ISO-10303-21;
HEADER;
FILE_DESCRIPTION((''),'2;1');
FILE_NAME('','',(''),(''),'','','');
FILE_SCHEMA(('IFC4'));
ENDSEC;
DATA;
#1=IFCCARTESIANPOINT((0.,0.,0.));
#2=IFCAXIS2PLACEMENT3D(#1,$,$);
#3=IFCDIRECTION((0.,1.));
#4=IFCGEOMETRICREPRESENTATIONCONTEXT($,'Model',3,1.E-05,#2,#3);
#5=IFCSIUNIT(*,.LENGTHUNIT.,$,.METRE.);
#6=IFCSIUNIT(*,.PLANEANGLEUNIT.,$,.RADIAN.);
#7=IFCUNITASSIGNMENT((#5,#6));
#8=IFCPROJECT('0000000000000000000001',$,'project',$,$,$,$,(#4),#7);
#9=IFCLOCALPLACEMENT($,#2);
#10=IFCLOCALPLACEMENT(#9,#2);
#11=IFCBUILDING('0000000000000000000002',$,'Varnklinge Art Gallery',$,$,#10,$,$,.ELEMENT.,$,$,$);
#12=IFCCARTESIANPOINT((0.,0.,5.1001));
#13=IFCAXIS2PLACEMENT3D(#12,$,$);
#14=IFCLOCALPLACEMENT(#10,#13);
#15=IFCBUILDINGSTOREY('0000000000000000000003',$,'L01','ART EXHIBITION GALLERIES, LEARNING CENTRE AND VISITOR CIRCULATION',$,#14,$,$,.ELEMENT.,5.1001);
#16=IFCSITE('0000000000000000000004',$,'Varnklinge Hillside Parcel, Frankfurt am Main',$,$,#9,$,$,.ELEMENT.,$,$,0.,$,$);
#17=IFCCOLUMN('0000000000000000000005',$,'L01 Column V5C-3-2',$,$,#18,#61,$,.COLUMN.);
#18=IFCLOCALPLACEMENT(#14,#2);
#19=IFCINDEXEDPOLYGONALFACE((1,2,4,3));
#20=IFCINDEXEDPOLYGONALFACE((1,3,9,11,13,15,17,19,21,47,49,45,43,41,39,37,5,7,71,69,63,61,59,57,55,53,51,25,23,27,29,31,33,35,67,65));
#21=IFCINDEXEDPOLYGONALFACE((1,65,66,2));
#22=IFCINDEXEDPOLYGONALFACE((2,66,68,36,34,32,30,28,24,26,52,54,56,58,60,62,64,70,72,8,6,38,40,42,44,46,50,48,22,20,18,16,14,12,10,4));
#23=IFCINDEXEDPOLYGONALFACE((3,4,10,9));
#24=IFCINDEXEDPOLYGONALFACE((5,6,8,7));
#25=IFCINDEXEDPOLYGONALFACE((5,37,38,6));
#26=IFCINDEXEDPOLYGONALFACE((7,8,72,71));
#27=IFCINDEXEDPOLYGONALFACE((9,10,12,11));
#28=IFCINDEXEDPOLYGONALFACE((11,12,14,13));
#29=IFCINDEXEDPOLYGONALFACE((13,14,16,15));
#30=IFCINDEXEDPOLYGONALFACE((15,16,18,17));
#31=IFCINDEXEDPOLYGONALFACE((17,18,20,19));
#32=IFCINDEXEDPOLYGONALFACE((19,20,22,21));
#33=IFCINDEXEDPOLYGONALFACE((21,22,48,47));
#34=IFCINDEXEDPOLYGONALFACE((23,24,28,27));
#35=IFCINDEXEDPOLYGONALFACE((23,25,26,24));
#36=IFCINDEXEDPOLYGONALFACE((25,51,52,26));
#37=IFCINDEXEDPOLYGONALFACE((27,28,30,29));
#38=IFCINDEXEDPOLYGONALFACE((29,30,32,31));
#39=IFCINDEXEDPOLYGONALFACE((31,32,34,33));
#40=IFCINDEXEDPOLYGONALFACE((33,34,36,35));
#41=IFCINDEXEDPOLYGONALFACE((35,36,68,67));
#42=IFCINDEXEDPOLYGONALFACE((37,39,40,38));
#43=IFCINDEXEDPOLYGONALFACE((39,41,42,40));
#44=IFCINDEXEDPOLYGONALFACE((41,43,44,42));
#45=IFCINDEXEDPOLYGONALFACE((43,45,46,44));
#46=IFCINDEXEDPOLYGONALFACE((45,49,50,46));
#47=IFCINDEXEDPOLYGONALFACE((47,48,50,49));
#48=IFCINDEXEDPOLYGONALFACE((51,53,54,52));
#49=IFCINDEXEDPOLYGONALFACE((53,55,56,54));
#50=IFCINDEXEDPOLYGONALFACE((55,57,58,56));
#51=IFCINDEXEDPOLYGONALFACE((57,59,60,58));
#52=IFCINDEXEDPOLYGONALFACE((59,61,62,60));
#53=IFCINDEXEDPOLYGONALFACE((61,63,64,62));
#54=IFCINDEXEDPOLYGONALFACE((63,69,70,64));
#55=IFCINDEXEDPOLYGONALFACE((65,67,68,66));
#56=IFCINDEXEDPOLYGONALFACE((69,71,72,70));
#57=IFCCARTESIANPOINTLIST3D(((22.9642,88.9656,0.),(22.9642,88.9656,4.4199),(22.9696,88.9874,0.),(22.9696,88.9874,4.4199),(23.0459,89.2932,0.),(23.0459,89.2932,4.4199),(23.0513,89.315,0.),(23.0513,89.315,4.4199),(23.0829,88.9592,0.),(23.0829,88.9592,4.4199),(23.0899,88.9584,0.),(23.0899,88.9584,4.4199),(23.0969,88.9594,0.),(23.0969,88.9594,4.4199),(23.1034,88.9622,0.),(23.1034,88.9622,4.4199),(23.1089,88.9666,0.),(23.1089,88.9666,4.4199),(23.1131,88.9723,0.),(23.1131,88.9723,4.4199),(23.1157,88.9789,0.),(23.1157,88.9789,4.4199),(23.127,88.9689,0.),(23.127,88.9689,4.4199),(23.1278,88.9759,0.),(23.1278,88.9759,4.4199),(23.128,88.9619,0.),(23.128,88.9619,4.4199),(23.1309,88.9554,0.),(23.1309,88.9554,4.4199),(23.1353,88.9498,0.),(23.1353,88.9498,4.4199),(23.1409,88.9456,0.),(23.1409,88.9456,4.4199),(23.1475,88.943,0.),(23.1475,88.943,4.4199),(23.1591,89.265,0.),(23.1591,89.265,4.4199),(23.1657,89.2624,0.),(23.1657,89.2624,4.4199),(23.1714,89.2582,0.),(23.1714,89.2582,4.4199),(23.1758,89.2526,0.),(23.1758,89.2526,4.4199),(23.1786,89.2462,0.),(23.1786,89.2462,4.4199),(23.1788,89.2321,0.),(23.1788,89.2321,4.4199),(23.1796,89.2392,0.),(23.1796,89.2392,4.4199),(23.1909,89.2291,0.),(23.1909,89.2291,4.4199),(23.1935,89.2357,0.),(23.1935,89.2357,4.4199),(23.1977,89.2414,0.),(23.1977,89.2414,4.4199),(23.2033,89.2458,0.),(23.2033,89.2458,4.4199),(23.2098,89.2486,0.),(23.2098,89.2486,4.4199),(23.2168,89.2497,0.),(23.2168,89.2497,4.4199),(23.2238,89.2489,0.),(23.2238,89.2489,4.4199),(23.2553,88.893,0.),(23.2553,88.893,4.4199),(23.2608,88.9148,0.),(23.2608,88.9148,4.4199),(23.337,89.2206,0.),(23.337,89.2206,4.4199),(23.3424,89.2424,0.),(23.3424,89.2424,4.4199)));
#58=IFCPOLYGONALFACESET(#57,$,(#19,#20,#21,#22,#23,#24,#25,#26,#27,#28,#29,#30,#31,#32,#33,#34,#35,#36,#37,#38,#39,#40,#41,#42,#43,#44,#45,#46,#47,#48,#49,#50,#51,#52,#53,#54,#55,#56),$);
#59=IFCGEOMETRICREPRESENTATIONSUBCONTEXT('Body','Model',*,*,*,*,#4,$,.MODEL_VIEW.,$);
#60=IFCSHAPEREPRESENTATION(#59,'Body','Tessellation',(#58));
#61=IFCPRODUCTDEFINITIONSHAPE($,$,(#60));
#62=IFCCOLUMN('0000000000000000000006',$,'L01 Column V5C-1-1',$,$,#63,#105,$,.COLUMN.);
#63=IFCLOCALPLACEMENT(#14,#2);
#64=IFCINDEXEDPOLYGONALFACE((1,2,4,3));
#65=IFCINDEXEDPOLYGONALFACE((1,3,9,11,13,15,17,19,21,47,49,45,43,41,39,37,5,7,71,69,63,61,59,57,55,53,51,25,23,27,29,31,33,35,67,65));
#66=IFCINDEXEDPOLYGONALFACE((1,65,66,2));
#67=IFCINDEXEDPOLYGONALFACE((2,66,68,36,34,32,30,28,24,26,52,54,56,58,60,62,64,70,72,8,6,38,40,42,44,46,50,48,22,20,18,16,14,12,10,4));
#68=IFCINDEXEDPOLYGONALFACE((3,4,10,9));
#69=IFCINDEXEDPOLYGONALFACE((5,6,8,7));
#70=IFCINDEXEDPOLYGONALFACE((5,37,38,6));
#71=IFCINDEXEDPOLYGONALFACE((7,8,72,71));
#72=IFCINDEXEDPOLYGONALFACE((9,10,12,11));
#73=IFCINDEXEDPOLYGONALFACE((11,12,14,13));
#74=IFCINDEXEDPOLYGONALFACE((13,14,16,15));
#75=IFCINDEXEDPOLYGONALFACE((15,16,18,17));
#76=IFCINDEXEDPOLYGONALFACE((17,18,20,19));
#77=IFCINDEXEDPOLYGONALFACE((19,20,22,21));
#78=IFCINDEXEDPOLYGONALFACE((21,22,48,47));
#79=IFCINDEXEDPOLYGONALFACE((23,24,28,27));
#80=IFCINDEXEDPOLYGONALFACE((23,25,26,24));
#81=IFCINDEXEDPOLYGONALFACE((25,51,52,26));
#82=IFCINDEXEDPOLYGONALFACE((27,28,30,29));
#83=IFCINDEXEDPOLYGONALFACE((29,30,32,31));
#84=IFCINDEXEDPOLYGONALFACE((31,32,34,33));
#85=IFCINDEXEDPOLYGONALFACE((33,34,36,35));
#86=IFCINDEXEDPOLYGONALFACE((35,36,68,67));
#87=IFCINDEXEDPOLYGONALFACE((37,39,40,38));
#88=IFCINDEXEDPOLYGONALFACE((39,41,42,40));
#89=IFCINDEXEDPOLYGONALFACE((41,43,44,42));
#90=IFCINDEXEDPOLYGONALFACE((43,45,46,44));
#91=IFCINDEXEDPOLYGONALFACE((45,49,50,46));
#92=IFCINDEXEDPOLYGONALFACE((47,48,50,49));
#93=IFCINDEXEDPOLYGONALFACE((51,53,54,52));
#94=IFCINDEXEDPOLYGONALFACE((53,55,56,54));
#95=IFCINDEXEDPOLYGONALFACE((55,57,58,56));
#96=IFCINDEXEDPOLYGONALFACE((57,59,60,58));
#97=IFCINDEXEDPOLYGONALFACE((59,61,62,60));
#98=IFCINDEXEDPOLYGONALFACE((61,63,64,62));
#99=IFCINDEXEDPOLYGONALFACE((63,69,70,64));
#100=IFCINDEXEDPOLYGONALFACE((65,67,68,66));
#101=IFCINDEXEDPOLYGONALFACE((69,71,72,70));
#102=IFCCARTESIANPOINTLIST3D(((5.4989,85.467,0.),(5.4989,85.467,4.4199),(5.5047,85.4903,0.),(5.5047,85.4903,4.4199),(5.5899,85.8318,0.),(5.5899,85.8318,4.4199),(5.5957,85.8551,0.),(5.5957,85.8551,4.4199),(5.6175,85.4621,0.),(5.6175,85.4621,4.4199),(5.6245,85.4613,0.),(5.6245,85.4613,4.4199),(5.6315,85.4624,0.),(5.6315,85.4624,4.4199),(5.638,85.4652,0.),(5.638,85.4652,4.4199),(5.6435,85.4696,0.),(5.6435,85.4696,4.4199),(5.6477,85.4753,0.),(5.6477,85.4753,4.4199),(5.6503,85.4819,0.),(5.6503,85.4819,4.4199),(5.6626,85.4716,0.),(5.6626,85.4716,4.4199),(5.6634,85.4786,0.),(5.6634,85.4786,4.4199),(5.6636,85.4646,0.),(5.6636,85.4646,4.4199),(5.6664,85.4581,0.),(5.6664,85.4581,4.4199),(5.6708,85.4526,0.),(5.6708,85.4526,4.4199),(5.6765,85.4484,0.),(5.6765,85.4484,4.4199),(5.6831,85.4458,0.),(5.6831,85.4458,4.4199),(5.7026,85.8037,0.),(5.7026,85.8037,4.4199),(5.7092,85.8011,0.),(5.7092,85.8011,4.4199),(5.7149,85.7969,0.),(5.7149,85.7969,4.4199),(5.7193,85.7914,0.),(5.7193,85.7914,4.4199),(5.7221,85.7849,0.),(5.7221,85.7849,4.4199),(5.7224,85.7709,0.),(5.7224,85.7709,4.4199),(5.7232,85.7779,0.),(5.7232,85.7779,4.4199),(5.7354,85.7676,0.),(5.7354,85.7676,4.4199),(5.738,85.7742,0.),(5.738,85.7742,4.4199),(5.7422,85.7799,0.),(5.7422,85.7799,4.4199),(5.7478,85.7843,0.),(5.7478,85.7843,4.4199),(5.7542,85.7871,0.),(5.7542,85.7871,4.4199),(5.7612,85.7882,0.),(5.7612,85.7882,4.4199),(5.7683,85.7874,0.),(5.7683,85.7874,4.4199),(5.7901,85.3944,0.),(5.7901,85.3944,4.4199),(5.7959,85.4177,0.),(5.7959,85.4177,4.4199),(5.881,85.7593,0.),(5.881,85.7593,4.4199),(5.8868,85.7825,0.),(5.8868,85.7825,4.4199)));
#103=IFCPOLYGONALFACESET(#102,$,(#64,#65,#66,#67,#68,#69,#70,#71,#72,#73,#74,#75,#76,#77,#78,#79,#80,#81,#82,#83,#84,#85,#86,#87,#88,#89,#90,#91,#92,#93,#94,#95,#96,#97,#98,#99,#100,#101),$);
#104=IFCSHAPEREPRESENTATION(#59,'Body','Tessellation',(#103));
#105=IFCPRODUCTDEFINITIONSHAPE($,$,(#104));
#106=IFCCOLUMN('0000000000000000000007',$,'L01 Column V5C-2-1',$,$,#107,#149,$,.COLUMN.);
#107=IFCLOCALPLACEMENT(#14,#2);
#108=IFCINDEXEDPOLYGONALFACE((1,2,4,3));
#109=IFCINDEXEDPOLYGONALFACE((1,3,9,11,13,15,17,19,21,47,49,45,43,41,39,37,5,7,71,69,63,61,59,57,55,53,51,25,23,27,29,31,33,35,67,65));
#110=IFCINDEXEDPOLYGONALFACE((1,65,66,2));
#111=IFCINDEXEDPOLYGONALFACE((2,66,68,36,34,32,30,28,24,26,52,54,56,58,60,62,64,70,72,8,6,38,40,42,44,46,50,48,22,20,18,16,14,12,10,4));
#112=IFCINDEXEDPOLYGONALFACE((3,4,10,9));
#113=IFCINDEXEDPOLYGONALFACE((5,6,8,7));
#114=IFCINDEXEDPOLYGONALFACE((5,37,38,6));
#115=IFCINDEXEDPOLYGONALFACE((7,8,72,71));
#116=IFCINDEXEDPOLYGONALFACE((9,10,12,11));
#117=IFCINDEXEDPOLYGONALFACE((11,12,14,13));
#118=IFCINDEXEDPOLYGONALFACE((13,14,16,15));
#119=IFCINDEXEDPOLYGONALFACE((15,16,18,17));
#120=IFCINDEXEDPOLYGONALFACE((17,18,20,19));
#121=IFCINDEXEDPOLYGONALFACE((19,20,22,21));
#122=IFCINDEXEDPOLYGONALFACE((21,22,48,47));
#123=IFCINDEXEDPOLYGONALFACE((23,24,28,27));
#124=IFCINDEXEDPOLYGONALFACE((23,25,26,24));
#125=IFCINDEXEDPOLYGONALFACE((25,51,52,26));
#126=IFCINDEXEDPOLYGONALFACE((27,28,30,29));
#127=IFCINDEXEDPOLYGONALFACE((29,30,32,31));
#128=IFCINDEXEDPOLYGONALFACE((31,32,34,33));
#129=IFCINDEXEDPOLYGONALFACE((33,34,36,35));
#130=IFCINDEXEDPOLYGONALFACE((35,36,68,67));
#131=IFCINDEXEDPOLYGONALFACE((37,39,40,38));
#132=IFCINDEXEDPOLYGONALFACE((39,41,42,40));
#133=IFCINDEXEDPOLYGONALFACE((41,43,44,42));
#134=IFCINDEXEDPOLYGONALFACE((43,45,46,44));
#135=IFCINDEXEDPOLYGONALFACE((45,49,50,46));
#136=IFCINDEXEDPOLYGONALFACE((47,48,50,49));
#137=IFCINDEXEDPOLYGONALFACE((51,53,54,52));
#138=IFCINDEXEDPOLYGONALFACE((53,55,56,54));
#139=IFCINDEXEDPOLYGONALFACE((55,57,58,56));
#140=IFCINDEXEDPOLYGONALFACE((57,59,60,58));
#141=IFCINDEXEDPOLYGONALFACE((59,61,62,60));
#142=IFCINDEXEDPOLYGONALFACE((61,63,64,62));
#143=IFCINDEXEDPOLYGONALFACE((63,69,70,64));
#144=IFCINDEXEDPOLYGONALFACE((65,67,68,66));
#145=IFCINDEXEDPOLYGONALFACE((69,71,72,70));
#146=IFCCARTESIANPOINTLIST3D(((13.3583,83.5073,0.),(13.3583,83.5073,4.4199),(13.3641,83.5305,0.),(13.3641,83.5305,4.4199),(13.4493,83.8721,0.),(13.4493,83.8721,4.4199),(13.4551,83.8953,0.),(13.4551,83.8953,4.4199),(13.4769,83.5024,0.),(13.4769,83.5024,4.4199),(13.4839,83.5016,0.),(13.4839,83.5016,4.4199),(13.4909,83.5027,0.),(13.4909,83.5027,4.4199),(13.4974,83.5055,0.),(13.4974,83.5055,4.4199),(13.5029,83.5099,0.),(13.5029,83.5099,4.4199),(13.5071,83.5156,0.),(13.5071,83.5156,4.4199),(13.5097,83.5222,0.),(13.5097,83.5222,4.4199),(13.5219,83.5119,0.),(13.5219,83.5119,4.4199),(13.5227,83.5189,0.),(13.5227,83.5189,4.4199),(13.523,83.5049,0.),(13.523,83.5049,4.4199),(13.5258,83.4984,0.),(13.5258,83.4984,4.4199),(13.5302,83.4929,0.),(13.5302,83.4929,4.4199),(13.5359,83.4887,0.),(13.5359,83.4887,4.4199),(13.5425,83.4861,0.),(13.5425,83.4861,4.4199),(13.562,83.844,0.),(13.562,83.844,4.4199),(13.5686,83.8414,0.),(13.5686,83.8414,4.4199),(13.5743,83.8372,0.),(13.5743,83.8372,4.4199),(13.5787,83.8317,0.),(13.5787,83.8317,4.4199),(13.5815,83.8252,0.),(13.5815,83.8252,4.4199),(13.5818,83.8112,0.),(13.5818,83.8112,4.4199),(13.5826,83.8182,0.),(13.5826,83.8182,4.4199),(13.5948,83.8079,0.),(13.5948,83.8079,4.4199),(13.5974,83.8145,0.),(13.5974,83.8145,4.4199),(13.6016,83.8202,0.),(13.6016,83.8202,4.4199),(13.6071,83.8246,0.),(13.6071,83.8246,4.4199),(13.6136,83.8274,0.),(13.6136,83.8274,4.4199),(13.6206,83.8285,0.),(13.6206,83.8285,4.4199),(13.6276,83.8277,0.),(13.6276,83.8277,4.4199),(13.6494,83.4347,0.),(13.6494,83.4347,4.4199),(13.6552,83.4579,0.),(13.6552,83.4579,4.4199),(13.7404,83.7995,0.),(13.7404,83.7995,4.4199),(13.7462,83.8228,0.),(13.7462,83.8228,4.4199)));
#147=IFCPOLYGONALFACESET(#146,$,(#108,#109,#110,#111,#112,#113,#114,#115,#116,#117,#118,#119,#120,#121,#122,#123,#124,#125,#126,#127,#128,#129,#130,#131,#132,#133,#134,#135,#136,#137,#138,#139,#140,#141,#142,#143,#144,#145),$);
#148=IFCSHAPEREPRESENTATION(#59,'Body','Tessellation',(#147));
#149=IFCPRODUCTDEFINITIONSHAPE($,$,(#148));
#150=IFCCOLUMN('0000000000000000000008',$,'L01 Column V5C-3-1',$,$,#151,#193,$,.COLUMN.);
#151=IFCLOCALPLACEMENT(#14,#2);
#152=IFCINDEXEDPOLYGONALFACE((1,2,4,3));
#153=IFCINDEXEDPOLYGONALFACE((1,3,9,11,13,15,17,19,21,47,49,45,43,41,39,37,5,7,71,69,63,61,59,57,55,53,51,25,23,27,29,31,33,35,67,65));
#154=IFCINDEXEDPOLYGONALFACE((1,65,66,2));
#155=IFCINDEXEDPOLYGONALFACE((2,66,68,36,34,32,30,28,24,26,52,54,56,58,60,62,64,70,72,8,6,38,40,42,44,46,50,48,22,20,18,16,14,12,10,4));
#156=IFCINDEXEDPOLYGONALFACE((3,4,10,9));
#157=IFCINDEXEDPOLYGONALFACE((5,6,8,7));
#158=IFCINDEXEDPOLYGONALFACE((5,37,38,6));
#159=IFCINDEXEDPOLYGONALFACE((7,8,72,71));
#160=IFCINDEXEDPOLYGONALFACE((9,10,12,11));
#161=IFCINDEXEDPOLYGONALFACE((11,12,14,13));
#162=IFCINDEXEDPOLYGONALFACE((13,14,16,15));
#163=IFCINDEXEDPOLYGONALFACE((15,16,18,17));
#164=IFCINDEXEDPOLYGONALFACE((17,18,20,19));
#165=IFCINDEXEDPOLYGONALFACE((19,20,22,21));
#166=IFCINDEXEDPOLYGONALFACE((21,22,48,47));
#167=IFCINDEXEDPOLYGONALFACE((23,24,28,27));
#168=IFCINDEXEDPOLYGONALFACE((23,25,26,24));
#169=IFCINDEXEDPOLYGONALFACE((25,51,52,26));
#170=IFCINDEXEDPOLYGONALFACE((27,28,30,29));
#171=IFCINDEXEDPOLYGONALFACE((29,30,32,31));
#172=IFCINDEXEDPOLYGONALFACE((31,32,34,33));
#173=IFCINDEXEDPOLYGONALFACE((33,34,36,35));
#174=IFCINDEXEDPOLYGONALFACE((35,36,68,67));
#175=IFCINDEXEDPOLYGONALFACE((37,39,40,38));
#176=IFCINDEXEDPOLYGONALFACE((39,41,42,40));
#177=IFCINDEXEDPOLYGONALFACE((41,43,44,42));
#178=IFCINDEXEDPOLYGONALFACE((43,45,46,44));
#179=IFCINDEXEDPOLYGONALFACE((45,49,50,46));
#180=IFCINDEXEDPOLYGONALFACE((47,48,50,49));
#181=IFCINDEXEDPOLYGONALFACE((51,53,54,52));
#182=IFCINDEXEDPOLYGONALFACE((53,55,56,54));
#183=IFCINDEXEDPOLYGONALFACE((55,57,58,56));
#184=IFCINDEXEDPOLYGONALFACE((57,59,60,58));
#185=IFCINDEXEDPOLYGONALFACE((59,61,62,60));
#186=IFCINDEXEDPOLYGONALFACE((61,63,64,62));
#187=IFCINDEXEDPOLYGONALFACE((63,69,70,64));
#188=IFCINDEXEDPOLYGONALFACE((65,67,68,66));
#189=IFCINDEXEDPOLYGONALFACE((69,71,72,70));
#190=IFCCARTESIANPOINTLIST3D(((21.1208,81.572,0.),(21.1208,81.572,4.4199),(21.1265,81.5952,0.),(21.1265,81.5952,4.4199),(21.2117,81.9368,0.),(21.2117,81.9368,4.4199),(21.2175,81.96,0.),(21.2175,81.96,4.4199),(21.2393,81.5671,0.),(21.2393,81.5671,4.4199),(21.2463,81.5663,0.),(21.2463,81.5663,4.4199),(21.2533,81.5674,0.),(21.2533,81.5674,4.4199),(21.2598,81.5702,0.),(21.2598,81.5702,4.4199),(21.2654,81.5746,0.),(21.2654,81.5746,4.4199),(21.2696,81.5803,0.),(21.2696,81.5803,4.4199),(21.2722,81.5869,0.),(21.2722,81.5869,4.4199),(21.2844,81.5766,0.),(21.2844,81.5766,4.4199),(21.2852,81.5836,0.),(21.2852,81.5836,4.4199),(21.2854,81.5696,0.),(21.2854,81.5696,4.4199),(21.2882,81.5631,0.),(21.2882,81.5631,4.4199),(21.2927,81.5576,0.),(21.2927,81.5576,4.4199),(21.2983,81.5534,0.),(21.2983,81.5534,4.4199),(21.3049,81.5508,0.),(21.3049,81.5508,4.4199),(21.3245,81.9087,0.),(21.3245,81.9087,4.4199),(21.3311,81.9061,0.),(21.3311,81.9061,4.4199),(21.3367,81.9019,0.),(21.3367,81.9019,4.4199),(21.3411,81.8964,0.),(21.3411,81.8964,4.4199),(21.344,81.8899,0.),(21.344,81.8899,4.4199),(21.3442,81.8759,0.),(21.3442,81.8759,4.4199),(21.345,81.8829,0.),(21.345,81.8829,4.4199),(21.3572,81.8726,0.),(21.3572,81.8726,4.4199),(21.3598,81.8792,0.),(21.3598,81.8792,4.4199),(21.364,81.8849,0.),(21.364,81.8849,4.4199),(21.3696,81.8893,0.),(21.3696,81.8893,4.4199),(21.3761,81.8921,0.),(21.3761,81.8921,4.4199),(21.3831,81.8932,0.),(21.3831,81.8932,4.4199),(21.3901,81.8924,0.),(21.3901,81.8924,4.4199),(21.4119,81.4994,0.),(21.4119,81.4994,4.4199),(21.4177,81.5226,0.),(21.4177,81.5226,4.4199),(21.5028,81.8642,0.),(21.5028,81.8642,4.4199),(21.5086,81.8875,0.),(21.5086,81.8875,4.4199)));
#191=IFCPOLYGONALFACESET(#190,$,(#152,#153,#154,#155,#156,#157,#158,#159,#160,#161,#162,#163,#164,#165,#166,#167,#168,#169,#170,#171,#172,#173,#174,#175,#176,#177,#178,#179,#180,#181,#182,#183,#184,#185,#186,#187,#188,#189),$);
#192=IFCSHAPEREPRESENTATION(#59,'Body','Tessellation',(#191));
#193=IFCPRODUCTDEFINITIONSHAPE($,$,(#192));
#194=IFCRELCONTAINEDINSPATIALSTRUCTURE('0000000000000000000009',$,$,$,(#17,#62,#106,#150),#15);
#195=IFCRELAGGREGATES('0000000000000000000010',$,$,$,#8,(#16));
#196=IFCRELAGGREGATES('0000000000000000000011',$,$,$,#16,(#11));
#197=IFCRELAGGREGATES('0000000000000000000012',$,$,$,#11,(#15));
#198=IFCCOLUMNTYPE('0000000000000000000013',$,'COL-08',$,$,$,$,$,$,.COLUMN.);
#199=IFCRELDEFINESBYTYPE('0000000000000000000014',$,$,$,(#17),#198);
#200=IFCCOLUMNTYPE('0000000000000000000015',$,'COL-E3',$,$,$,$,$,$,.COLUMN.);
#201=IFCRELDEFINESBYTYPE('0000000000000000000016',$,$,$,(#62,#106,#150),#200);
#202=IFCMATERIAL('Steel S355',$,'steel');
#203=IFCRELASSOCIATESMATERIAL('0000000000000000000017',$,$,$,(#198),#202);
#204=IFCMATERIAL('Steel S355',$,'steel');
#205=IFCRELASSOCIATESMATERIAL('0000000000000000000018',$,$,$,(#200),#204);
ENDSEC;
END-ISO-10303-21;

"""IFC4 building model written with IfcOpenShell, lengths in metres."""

from ifc_helpers import new_model, si_unit, direction, frame, origin, origin_2d, place, context, subcontext, project, spatial, i_section, extrude, material, material_profile, profile_set, type_object, element, save


model = new_model("IFC4")

# Units and contexts
model_context = context("Model", 3, precision=1e-05, world=origin(), true_north=direction((0.0, 1.0)))
body_context = subcontext(model_context, "Body", "Model", "MODEL_VIEW")
ifc_project = project(units=[si_unit("LENGTHUNIT", "METRE"), si_unit("PLANEANGLEUNIT", "RADIAN")], contexts=[model_context])

# Site, building, storey
site_placement = place(None, origin())
site = spatial("IfcSite", under=ifc_project, at=site_placement, Name="Varnklinge Hillside Parcel, Frankfurt am Main", CompositionType="ELEMENT", RefElevation=0.0)
building_placement = place(site_placement, origin())
building = spatial("IfcBuilding", under=site, at=building_placement, Name="Varnklinge Art Gallery", CompositionType="ELEMENT")
storey_placement = place(building_placement, frame((0.0, 0.0, 5.1001)))
storey = spatial("IfcBuildingStorey", under=building, at=storey_placement, Name="L01", Description="ART EXHIBITION GALLERIES, LEARNING CENTRE AND VISITOR CIRCULATION", CompositionType="ELEMENT", Elevation=5.1001)

# Columns
ifc_material_1 = material(Name="Steel S355", Category="steel")
ifc_material_profile_1 = material_profile(ifc_material_1, i_section(OverallWidth=0.3, OverallDepth=0.3601, WebThickness=0.0125, FlangeThickness=0.0225, FilletRadius=0.0271, at=origin_2d()), Name="HEB 360")
ifc_profile_set_1 = profile_set([ifc_material_profile_1], Name="Steel S355")
column_type_1 = type_object("IfcColumnType", Name="COL-08", PredefinedType="COLUMN", material=ifc_profile_set_1)
column_placement = place(storey_placement, frame((23.1533, 89.104, 0.0), z_axis=(0.0, 0.0, 1.0), x_axis=(0.970296, -0.241922, 0.0)))
element("IfcColumn", 1, at=column_placement, inside=storey, type_object=column_type_1, Name="L01 Column V5C-3-2", PredefinedType="COLUMN", context=body_context, shape_type="SweptSolid", body=[
    extrude(i_section(OverallWidth=0.3, OverallDepth=0.3601, WebThickness=0.0125, FlangeThickness=0.0225, FilletRadius=0.0271, at=origin_2d()), origin(), (0.0, 0.0, 1.0), 4.4199),
])
ifc_material_2 = material(Name="Steel S355", Category="steel")
ifc_material_profile_2 = material_profile(ifc_material_2, i_section(OverallWidth=0.3, OverallDepth=0.3999, WebThickness=0.0134, FlangeThickness=0.0239, FilletRadius=0.0271, at=origin_2d()), Name="HEB 400")
ifc_profile_set_2 = profile_set([ifc_material_profile_2], Name="Steel S355")
column_type_2 = type_object("IfcColumnType", Name="COL-E3", PredefinedType="COLUMN", material=ifc_profile_set_2)
for number, where, z_axis, x_axis, name in (
    (2, (5.6929, 85.6248, 0.0), (0.0, 0.0, 1.0), (0.970296, -0.241922, 0.0), "L01 Column V5C-1-1"),
    (3, (13.5522, 83.665, 0.0), (0.0, 0.0, 1.0), (0.970296, -0.241922, 0.0), "L01 Column V5C-2-1"),
    (4, (21.3147, 81.7297, 0.0), (0.0, 0.0, 1.0), (0.970296, -0.241922, 0.0), "L01 Column V5C-3-1"),
):
    element("IfcColumn", number, at=place(storey_placement, frame(where, z_axis=z_axis, x_axis=x_axis)), inside=storey, type_object=column_type_2, Name=name, PredefinedType="COLUMN", context=body_context, shape_type="SweptSolid", body=[
        extrude(i_section(OverallWidth=0.3, OverallDepth=0.3999, WebThickness=0.0134, FlangeThickness=0.0239, FilletRadius=0.0271, at=origin_2d()), origin(), (0.0, 0.0, 1.0), 4.4199),
    ])

save(model, "model.ifc")
